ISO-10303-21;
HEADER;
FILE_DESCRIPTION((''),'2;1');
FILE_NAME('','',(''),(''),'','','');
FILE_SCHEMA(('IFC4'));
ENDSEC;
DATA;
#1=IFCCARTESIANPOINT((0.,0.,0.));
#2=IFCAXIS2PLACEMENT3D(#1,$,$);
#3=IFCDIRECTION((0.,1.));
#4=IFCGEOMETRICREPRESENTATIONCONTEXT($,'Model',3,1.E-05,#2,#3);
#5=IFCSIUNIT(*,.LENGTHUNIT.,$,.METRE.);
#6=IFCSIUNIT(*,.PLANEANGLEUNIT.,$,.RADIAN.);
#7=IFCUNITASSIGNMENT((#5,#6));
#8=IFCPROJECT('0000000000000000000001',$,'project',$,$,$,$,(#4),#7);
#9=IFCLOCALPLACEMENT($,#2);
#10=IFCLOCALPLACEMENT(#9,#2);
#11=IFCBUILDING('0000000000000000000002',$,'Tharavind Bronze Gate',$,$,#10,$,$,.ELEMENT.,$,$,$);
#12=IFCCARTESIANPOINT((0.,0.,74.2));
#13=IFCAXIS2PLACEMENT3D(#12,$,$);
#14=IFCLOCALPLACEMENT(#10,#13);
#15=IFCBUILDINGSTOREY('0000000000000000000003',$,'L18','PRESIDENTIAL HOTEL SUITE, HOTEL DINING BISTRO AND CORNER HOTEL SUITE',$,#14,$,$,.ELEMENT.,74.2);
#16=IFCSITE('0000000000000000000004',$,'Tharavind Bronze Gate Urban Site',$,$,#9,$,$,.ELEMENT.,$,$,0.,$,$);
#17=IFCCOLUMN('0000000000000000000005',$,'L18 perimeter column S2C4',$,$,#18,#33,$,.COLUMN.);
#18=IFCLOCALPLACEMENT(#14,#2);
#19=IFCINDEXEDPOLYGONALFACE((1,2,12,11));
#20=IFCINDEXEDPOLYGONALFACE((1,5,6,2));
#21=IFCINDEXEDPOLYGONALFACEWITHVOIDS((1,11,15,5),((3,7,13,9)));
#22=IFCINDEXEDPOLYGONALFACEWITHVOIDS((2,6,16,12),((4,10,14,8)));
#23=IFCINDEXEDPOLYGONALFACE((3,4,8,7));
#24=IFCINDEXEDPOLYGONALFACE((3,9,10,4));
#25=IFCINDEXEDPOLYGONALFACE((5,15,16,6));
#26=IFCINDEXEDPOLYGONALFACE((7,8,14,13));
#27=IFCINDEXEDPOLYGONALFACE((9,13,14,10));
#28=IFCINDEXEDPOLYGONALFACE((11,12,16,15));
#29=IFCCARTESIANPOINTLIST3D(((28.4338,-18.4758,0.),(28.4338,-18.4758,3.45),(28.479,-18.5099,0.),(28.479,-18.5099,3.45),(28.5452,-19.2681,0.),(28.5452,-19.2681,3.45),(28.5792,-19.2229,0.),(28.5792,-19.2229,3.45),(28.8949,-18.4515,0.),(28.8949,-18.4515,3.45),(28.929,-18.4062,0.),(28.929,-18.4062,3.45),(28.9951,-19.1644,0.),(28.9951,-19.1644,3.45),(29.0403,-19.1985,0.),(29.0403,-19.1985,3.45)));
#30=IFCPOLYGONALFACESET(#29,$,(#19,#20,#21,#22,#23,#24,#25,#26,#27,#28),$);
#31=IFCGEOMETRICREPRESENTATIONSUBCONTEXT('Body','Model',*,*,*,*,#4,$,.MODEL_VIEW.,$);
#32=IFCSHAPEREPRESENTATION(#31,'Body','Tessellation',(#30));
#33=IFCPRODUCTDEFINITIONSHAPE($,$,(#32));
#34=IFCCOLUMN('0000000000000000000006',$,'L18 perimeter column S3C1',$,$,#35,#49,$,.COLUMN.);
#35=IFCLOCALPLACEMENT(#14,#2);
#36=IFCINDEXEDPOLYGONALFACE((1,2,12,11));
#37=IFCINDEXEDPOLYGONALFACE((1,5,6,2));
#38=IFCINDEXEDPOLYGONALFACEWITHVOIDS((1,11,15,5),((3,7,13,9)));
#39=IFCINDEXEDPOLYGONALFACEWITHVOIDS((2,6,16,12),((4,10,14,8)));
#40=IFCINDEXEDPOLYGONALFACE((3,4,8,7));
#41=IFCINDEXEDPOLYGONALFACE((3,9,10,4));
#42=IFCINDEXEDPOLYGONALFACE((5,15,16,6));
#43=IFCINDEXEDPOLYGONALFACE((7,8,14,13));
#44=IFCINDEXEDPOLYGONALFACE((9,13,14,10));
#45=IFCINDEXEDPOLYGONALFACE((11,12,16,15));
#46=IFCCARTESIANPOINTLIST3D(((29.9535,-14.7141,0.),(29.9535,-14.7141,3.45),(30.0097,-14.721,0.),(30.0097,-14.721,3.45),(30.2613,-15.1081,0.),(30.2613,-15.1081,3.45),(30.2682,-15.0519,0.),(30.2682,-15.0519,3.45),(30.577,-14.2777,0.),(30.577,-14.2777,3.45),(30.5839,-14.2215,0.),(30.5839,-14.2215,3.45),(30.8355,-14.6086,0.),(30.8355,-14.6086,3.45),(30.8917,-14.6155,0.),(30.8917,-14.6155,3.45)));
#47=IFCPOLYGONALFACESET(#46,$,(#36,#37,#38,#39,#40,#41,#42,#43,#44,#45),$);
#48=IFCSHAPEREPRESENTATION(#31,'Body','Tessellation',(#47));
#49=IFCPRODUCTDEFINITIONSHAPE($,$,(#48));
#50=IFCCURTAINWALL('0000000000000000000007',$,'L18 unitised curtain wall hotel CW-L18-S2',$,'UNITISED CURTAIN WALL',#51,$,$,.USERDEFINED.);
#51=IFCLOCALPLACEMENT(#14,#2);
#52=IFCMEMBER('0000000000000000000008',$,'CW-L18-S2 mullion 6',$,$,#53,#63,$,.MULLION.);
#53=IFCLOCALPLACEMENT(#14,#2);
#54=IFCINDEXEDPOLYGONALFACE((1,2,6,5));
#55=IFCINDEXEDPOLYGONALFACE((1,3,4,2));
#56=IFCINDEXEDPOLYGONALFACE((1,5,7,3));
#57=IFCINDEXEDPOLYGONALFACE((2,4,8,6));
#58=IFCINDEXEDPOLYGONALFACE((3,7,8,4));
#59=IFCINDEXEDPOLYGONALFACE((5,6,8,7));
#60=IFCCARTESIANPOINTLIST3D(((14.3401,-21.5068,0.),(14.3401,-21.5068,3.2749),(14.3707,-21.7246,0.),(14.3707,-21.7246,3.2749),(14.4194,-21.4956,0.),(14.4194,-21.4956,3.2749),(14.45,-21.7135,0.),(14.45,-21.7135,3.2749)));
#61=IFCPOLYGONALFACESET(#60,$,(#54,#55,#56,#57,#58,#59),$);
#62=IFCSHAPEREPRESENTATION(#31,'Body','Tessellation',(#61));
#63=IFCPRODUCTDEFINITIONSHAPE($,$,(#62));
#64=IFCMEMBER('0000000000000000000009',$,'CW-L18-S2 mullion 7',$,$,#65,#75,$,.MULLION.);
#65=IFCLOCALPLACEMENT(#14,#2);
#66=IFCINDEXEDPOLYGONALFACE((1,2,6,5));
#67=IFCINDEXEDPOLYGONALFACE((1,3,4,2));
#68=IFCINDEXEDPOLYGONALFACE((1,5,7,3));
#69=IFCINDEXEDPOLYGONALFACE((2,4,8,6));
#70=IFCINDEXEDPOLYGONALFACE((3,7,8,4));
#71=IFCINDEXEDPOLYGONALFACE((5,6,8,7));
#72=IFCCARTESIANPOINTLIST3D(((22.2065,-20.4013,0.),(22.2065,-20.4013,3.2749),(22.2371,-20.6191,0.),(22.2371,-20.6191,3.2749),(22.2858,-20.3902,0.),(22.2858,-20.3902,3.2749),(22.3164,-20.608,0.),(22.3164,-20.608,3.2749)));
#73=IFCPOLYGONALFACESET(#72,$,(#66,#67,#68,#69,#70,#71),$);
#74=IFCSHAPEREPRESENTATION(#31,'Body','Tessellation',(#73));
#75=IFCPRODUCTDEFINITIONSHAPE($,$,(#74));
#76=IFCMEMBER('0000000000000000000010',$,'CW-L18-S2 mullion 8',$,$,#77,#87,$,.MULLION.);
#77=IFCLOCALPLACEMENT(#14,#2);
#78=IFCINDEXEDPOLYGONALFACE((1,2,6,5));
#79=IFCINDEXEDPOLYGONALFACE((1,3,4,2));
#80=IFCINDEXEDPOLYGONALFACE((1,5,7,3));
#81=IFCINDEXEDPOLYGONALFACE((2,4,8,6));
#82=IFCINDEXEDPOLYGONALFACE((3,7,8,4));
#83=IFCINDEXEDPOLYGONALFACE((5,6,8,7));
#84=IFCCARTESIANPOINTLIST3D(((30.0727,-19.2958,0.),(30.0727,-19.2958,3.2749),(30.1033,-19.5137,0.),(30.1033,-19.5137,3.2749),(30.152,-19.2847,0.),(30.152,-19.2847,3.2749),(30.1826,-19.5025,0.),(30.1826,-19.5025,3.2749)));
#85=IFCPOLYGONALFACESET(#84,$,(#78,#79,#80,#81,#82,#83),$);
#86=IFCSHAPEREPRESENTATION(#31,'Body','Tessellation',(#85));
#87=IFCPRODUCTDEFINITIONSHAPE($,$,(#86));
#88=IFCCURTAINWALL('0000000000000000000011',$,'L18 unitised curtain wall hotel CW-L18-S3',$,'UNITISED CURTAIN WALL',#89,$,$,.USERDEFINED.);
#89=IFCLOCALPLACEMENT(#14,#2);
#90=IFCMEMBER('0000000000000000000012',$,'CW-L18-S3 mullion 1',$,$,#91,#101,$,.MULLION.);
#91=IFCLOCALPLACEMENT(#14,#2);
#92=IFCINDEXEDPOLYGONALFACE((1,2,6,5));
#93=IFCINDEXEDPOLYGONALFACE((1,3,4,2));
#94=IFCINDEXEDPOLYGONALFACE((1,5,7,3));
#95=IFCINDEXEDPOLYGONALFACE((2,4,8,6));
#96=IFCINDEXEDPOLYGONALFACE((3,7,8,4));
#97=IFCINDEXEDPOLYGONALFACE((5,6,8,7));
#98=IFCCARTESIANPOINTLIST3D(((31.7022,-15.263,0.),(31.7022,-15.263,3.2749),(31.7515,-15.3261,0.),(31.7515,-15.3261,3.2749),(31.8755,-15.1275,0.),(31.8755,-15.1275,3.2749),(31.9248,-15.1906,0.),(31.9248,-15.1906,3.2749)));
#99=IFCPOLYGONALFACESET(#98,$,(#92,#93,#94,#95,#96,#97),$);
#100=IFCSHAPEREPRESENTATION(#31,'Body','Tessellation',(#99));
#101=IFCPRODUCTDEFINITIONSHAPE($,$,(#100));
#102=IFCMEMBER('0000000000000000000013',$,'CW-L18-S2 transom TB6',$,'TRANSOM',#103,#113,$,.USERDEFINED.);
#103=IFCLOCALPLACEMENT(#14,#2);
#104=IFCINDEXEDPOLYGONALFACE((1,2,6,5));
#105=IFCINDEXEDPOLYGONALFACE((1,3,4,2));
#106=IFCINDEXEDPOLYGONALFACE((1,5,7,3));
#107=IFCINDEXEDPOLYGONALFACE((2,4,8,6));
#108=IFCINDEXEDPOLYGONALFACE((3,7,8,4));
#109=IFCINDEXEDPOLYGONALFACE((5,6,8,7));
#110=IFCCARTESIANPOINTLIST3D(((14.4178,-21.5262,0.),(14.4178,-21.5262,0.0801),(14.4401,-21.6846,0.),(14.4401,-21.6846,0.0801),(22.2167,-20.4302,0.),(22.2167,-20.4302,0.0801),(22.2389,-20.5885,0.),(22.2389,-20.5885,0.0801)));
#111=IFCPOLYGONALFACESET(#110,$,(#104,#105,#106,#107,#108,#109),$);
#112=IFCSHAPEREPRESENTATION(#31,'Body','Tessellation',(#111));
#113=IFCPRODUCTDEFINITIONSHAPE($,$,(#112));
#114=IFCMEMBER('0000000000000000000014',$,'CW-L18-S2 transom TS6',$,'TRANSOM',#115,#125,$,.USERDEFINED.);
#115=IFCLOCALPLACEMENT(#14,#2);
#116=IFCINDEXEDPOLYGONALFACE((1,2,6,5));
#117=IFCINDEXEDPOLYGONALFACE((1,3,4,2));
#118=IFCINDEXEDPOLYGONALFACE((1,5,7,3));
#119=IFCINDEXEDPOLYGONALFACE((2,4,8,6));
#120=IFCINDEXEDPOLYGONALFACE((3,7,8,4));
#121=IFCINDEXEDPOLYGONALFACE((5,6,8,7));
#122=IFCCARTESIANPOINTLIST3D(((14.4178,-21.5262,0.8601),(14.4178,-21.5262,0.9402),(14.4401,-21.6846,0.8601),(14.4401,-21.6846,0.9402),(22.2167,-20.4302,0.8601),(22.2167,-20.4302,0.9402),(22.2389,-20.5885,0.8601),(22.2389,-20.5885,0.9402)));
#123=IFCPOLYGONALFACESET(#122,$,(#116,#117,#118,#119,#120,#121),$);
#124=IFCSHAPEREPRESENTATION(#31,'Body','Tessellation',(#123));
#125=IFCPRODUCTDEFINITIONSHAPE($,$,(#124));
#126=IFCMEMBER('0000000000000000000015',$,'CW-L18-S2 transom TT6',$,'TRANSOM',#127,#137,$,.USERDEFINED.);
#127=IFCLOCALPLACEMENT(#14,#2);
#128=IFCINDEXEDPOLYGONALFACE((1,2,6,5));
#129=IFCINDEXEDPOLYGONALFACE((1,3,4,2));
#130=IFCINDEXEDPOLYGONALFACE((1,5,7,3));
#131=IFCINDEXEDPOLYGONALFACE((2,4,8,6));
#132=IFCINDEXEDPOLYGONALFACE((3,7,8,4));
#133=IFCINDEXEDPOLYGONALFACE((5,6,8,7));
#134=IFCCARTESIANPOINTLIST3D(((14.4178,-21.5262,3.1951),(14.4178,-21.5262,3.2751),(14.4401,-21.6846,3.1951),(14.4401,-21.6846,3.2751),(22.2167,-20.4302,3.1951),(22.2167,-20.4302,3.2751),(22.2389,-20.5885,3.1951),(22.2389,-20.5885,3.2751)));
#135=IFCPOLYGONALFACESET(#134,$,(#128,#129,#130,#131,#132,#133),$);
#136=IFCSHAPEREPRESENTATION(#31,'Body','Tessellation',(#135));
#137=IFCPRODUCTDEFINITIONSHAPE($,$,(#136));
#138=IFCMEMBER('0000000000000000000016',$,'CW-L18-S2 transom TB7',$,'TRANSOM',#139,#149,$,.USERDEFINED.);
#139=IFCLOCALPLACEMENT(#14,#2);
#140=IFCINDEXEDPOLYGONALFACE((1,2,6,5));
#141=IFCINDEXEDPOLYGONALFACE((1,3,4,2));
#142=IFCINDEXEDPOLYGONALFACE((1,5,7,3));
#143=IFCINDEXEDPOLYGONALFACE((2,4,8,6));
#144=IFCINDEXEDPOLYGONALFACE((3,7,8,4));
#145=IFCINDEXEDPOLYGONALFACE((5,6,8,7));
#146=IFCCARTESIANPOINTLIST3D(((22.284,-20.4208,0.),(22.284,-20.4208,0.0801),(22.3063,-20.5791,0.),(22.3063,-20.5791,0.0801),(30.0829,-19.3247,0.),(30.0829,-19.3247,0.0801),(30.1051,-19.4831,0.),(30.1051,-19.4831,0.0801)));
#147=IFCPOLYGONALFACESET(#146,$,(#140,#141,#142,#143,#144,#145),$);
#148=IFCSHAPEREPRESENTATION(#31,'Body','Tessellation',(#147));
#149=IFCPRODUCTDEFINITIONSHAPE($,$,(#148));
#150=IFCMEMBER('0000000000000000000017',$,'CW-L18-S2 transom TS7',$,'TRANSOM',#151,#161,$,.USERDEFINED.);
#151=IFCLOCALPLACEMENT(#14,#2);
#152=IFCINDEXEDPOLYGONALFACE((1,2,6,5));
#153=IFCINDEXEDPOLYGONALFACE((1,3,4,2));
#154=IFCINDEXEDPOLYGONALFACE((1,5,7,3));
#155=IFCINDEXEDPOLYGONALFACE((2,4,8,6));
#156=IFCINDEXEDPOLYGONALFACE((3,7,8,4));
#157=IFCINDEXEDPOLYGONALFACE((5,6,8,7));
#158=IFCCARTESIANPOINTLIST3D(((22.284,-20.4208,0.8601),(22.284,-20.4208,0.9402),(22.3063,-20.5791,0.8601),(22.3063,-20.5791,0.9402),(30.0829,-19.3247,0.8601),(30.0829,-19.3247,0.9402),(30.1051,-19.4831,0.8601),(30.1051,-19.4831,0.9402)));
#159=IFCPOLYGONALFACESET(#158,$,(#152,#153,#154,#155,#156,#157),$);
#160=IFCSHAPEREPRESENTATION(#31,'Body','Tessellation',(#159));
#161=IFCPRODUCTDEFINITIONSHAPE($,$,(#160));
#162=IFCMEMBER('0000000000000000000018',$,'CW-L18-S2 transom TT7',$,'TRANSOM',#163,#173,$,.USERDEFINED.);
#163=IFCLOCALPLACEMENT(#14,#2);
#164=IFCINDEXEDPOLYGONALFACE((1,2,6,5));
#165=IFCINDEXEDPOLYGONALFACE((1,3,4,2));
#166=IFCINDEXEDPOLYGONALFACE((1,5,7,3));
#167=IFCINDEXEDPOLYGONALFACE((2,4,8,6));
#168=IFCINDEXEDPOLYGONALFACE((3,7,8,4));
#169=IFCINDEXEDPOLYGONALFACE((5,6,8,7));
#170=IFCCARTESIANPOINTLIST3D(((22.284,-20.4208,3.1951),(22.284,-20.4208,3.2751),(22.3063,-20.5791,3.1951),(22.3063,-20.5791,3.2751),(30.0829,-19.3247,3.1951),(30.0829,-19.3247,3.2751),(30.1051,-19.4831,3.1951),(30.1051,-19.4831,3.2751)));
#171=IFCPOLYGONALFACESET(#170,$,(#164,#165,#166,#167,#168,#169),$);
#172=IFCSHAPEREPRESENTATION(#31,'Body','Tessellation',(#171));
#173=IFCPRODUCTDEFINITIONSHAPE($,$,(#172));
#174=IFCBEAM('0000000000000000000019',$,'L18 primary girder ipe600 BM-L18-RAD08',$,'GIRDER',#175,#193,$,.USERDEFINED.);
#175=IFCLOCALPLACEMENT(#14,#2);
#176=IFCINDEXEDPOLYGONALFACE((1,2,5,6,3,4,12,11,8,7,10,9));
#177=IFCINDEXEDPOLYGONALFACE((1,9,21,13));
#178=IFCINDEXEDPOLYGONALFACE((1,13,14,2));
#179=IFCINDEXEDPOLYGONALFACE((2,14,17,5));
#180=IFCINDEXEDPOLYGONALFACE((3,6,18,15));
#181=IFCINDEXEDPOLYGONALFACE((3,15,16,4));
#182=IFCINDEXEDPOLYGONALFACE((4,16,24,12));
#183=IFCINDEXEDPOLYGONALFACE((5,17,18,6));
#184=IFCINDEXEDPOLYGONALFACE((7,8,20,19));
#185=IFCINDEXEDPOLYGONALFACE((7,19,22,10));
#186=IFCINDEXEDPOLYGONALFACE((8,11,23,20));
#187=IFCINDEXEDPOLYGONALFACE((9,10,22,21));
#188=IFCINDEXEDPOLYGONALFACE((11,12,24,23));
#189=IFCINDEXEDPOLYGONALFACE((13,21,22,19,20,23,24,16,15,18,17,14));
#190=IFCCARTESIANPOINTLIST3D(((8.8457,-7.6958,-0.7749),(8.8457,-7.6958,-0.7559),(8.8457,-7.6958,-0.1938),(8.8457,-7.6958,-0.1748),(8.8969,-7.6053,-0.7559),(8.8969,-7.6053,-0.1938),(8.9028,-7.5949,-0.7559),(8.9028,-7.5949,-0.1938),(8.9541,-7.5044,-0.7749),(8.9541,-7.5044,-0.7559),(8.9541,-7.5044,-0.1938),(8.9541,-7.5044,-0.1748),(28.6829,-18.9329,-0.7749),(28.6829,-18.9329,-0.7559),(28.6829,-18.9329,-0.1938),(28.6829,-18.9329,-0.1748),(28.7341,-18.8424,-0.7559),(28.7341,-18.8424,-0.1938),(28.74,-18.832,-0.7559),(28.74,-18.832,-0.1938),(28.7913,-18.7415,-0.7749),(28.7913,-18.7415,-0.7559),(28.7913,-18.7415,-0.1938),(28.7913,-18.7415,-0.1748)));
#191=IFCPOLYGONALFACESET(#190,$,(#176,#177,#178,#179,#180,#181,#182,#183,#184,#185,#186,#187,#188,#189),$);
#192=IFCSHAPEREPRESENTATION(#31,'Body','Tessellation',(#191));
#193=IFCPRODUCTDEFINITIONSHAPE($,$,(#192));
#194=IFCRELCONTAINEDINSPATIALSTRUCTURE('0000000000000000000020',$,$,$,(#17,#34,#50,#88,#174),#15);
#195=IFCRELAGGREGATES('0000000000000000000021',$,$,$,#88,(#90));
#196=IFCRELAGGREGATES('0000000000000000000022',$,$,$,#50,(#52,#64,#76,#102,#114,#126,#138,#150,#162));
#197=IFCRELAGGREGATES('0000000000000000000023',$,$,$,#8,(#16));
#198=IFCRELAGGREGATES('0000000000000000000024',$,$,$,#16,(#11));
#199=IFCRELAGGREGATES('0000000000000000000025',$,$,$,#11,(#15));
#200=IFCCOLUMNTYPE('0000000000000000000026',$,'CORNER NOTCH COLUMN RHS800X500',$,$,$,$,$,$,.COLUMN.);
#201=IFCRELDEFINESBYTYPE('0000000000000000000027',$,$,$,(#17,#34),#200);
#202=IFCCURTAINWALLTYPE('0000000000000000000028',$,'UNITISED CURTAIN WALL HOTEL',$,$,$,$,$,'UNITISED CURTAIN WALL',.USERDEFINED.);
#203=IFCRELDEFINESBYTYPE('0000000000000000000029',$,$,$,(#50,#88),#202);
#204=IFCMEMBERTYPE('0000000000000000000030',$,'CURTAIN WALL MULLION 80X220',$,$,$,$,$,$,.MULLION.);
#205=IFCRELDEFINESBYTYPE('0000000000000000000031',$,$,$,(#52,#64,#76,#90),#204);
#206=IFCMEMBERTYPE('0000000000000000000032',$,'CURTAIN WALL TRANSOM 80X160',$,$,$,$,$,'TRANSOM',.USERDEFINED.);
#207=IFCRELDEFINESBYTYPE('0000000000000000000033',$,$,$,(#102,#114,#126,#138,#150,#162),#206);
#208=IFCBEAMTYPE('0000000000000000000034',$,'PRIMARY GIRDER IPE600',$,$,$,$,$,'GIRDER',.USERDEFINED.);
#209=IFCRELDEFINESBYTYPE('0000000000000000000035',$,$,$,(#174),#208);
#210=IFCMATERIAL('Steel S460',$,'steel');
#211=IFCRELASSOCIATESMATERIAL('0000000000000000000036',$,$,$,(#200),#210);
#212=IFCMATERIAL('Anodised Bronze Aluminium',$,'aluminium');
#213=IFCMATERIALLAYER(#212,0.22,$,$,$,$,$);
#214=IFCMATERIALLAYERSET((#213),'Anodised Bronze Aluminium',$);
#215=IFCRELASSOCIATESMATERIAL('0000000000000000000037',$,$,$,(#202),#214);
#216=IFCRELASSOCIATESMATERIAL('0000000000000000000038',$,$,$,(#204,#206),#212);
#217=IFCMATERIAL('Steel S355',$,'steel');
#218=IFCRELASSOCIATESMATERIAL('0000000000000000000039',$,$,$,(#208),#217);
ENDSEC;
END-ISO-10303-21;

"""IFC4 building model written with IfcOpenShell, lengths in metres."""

from ifc_helpers import new_model, si_unit, direction, frame, origin, origin_2d, place, context, subcontext, project, spatial, rectangle, hollow_rectangle, i_section, extrude, material, layer, layer_set, material_profile, profile_set, type_object, element, aggregate, save


model = new_model("IFC4")

# Units and contexts
model_context = context("Model", 3, precision=1e-05, world=origin(), true_north=direction((0.0, 1.0)))
body_context = subcontext(model_context, "Body", "Model", "MODEL_VIEW")
ifc_project = project(units=[si_unit("LENGTHUNIT", "METRE"), si_unit("PLANEANGLEUNIT", "RADIAN")], contexts=[model_context])

# Site, building, storey
site_placement = place(None, origin())
site = spatial("IfcSite", under=ifc_project, at=site_placement, Name="Tharavind Bronze Gate Urban Site", CompositionType="ELEMENT", RefElevation=0.0)
building_placement = place(site_placement, origin())
building = spatial("IfcBuilding", under=site, at=building_placement, Name="Tharavind Bronze Gate", CompositionType="ELEMENT")
storey_placement = place(building_placement, frame((0.0, 0.0, 74.2)))
storey = spatial("IfcBuildingStorey", under=building, at=storey_placement, Name="L18", Description="PRESIDENTIAL HOTEL SUITE, HOTEL DINING BISTRO AND CORNER HOTEL SUITE", CompositionType="ELEMENT", Elevation=74.2)

# Columns
ifc_material_1 = material(Name="Steel S460", Category="steel")
ifc_material_profile_1 = material_profile(ifc_material_1, hollow_rectangle(XDim=0.5, YDim=0.8, WallThickness=0.04, at=origin_2d()), Name="RHS800X500X40")
ifc_profile_set_1 = profile_set([ifc_material_profile_1], Name="Steel S460")
column_type = type_object("IfcColumnType", Name="CORNER NOTCH COLUMN RHS800X500", PredefinedType="COLUMN", material=ifc_profile_set_1)
for number, where, z_axis, x_axis, name in (
    (1, (28.7371, -18.8372, 0.0), (0.0, 0.0, 1.0), (0.990268, 0.139173, 0.0), "L18 perimeter column S2C4"),
    (2, (30.4226, -14.6648, 0.0), (0.0, 0.0, 1.0), (-0.615661, 0.788011, 0.0), "L18 perimeter column S3C1"),
):
    element("IfcColumn", number, at=place(storey_placement, frame(where, z_axis=z_axis, x_axis=x_axis)), inside=storey, type_object=column_type, Name=name, PredefinedType="COLUMN", context=body_context, shape_type="SweptSolid", body=[
        extrude(hollow_rectangle(XDim=0.5, YDim=0.8, WallThickness=0.04, at=origin_2d()), origin(), (0.0, 0.0, 1.0), 3.45),
    ])

# Curtain wall, members
ifc_material_2 = material(Name="Anodised Bronze Aluminium", Category="aluminium")
ifc_layer_1 = layer(ifc_material_2, 0.22)
ifc_layer_set_1 = layer_set([ifc_layer_1], Name="Anodised Bronze Aluminium")
curtain_wall_type = type_object("IfcCurtainWallType", Name="UNITISED CURTAIN WALL HOTEL", ElementType="UNITISED CURTAIN WALL", PredefinedType="USERDEFINED", material=ifc_layer_set_1)
curtain_wall_1_placement = place(storey_placement, origin())
curtain_wall_1 = element("IfcCurtainWall", 3, at=curtain_wall_1_placement, inside=storey, type_object=curtain_wall_type, Name="L18 unitised curtain wall hotel CW-L18-S2", ObjectType="UNITISED CURTAIN WALL", PredefinedType="USERDEFINED")
member_type_1 = type_object("IfcMemberType", Name="CURTAIN WALL MULLION 80X220", PredefinedType="MULLION", material=ifc_material_2)
member_1_placement = place(storey_placement, frame((14.395, -21.6101, 0.0), z_axis=(0.0, 0.0, 1.0), x_axis=(0.990268, 0.139173, 0.0)))
member_1 = element("IfcMember", 4, at=member_1_placement, type_object=member_type_1, Name="CW-L18-S2 mullion 6", PredefinedType="MULLION", context=body_context, shape_type="SweptSolid", body=[
    extrude(rectangle(XDim=0.0801, YDim=0.22, at=origin_2d()), origin(), (0.0, 0.0, 1.0), 3.2749),
])
member_2_placement = place(storey_placement, frame((22.2615, -20.5046, 0.0), z_axis=(0.0, 0.0, 1.0), x_axis=(0.990268, 0.139173, 0.0)))
member_2 = element("IfcMember", 5, at=member_2_placement, type_object=member_type_1, Name="CW-L18-S2 mullion 7", PredefinedType="MULLION", context=body_context, shape_type="SweptSolid", body=[
    extrude(rectangle(XDim=0.0801, YDim=0.22, at=origin_2d()), origin(), (0.0, 0.0, 1.0), 3.2749),
])
member_3_placement = place(storey_placement, frame((30.1277, -19.3992, 0.0), z_axis=(0.0, 0.0, 1.0), x_axis=(0.990268, 0.139173, 0.0)))
member_3 = element("IfcMember", 6, at=member_3_placement, type_object=member_type_1, Name="CW-L18-S2 mullion 8", PredefinedType="MULLION", context=body_context, shape_type="SweptSolid", body=[
    extrude(rectangle(XDim=0.0801, YDim=0.22, at=origin_2d()), origin(), (0.0, 0.0, 1.0), 3.2749),
])

# Curtain wall, member
curtain_wall_2_placement = place(storey_placement, origin())
curtain_wall_2 = element("IfcCurtainWall", 7, at=curtain_wall_2_placement, inside=storey, type_object=curtain_wall_type, Name="L18 unitised curtain wall hotel CW-L18-S3", ObjectType="UNITISED CURTAIN WALL", PredefinedType="USERDEFINED")
member_4_placement = place(storey_placement, frame((31.8135, -15.2268, 0.0), z_axis=(0.0, 0.0, 1.0), x_axis=(-0.615661, 0.788011, 0.0)))
member_4 = element("IfcMember", 8, at=member_4_placement, type_object=member_type_1, Name="CW-L18-S3 mullion 1", PredefinedType="MULLION", context=body_context, shape_type="SweptSolid", body=[
    extrude(rectangle(XDim=0.0801, YDim=0.22, at=origin_2d()), origin(), (0.0, 0.0, 1.0), 3.2749),
])
aggregate(curtain_wall_2, [member_4])

# Members
member_type_2 = type_object("IfcMemberType", Name="CURTAIN WALL TRANSOM 80X160", ElementType="TRANSOM", PredefinedType="USERDEFINED", material=ifc_material_2)
member_5_placement = place(storey_placement, frame((18.3284, -21.0574, 0.0), z_axis=(0.0, 0.0, 1.0), x_axis=(0.990268, 0.139173, 0.0)))
member_5 = element("IfcMember", 9, at=member_5_placement, type_object=member_type_2, Name="CW-L18-S2 transom TB6", ObjectType="TRANSOM", PredefinedType="USERDEFINED", context=body_context, shape_type="SweptSolid", body=[
    extrude(rectangle(XDim=7.8755, YDim=0.1599, at=origin_2d()), origin(), (0.0, 0.0, 1.0), 0.0801),
])
member_6_placement = place(storey_placement, frame((18.3284, -21.0574, 0.8601), z_axis=(0.0, 0.0, 1.0), x_axis=(0.990268, 0.139173, 0.0)))
member_6 = element("IfcMember", 10, at=member_6_placement, type_object=member_type_2, Name="CW-L18-S2 transom TS6", ObjectType="TRANSOM", PredefinedType="USERDEFINED", context=body_context, shape_type="SweptSolid", body=[
    extrude(rectangle(XDim=7.8755, YDim=0.1599, at=origin_2d()), origin(), (0.0, 0.0, 1.0), 0.0801),
])
member_7_placement = place(storey_placement, frame((18.3284, -21.0574, 3.1951), z_axis=(0.0, 0.0, 1.0), x_axis=(0.990268, 0.139173, 0.0)))
member_7 = element("IfcMember", 11, at=member_7_placement, type_object=member_type_2, Name="CW-L18-S2 transom TT6", ObjectType="TRANSOM", PredefinedType="USERDEFINED", context=body_context, shape_type="SweptSolid", body=[
    extrude(rectangle(XDim=7.8755, YDim=0.1599, at=origin_2d()), origin(), (0.0, 0.0, 1.0), 0.0801),
])
member_8_placement = place(storey_placement, frame((26.1946, -19.9519, 0.0), z_axis=(0.0, 0.0, 1.0), x_axis=(0.990268, 0.139173, 0.0)))
member_8 = element("IfcMember", 12, at=member_8_placement, type_object=member_type_2, Name="CW-L18-S2 transom TB7", ObjectType="TRANSOM", PredefinedType="USERDEFINED", context=body_context, shape_type="SweptSolid", body=[
    extrude(rectangle(XDim=7.8755, YDim=0.1599, at=origin_2d()), origin(), (0.0, 0.0, 1.0), 0.0801),
])
member_9_placement = place(storey_placement, frame((26.1946, -19.9519, 0.8601), z_axis=(0.0, 0.0, 1.0), x_axis=(0.990268, 0.139173, 0.0)))
member_9 = element("IfcMember", 13, at=member_9_placement, type_object=member_type_2, Name="CW-L18-S2 transom TS7", ObjectType="TRANSOM", PredefinedType="USERDEFINED", context=body_context, shape_type="SweptSolid", body=[
    extrude(rectangle(XDim=7.8755, YDim=0.1599, at=origin_2d()), origin(), (0.0, 0.0, 1.0), 0.0801),
])
member_10_placement = place(storey_placement, frame((26.1946, -19.9519, 3.1951), z_axis=(0.0, 0.0, 1.0), x_axis=(0.990268, 0.139173, 0.0)))
member_10 = element("IfcMember", 14, at=member_10_placement, type_object=member_type_2, Name="CW-L18-S2 transom TT7", ObjectType="TRANSOM", PredefinedType="USERDEFINED", context=body_context, shape_type="SweptSolid", body=[
    extrude(rectangle(XDim=7.8755, YDim=0.1599, at=origin_2d()), origin(), (0.0, 0.0, 1.0), 0.0801),
])

# Beam
ifc_material_3 = material(Name="Steel S355", Category="steel")
ifc_material_profile_2 = material_profile(ifc_material_3, i_section(OverallWidth=0.22, OverallDepth=0.6001, WebThickness=0.012, FlangeThickness=0.019, at=origin_2d()), Name="IPE600")
ifc_profile_set_2 = profile_set([ifc_material_profile_2], Name="Steel S355")
beam_type_1 = type_object("IfcBeamType", Name="PRIMARY GIRDER IPE600", ElementType="GIRDER", PredefinedType="USERDEFINED", material=ifc_profile_set_2)
beam_1_placement = place(storey_placement, frame((28.7371, -18.8372, -0.4749), z_axis=(-0.870097, 0.49288, 0.0), x_axis=(-0.49288, -0.870097, 0.0)))
element("IfcBeam", 15, at=beam_1_placement, inside=storey, type_object=beam_type_1, Name="L18 primary girder ipe600 BM-L18-RAD08", ObjectType="GIRDER", PredefinedType="USERDEFINED", context=body_context, shape_type="SweptSolid", body=[
    extrude(i_section(OverallWidth=0.22, OverallDepth=0.6001, WebThickness=0.012, FlangeThickness=0.019, at=origin_2d()), origin(), (0.0, 0.0, 1.0), 22.7988),
])

aggregate(curtain_wall_1, [member_1, member_2, member_3, member_5, member_6, member_7, member_8, member_9, member_10])

save(model, "model.ifc")
